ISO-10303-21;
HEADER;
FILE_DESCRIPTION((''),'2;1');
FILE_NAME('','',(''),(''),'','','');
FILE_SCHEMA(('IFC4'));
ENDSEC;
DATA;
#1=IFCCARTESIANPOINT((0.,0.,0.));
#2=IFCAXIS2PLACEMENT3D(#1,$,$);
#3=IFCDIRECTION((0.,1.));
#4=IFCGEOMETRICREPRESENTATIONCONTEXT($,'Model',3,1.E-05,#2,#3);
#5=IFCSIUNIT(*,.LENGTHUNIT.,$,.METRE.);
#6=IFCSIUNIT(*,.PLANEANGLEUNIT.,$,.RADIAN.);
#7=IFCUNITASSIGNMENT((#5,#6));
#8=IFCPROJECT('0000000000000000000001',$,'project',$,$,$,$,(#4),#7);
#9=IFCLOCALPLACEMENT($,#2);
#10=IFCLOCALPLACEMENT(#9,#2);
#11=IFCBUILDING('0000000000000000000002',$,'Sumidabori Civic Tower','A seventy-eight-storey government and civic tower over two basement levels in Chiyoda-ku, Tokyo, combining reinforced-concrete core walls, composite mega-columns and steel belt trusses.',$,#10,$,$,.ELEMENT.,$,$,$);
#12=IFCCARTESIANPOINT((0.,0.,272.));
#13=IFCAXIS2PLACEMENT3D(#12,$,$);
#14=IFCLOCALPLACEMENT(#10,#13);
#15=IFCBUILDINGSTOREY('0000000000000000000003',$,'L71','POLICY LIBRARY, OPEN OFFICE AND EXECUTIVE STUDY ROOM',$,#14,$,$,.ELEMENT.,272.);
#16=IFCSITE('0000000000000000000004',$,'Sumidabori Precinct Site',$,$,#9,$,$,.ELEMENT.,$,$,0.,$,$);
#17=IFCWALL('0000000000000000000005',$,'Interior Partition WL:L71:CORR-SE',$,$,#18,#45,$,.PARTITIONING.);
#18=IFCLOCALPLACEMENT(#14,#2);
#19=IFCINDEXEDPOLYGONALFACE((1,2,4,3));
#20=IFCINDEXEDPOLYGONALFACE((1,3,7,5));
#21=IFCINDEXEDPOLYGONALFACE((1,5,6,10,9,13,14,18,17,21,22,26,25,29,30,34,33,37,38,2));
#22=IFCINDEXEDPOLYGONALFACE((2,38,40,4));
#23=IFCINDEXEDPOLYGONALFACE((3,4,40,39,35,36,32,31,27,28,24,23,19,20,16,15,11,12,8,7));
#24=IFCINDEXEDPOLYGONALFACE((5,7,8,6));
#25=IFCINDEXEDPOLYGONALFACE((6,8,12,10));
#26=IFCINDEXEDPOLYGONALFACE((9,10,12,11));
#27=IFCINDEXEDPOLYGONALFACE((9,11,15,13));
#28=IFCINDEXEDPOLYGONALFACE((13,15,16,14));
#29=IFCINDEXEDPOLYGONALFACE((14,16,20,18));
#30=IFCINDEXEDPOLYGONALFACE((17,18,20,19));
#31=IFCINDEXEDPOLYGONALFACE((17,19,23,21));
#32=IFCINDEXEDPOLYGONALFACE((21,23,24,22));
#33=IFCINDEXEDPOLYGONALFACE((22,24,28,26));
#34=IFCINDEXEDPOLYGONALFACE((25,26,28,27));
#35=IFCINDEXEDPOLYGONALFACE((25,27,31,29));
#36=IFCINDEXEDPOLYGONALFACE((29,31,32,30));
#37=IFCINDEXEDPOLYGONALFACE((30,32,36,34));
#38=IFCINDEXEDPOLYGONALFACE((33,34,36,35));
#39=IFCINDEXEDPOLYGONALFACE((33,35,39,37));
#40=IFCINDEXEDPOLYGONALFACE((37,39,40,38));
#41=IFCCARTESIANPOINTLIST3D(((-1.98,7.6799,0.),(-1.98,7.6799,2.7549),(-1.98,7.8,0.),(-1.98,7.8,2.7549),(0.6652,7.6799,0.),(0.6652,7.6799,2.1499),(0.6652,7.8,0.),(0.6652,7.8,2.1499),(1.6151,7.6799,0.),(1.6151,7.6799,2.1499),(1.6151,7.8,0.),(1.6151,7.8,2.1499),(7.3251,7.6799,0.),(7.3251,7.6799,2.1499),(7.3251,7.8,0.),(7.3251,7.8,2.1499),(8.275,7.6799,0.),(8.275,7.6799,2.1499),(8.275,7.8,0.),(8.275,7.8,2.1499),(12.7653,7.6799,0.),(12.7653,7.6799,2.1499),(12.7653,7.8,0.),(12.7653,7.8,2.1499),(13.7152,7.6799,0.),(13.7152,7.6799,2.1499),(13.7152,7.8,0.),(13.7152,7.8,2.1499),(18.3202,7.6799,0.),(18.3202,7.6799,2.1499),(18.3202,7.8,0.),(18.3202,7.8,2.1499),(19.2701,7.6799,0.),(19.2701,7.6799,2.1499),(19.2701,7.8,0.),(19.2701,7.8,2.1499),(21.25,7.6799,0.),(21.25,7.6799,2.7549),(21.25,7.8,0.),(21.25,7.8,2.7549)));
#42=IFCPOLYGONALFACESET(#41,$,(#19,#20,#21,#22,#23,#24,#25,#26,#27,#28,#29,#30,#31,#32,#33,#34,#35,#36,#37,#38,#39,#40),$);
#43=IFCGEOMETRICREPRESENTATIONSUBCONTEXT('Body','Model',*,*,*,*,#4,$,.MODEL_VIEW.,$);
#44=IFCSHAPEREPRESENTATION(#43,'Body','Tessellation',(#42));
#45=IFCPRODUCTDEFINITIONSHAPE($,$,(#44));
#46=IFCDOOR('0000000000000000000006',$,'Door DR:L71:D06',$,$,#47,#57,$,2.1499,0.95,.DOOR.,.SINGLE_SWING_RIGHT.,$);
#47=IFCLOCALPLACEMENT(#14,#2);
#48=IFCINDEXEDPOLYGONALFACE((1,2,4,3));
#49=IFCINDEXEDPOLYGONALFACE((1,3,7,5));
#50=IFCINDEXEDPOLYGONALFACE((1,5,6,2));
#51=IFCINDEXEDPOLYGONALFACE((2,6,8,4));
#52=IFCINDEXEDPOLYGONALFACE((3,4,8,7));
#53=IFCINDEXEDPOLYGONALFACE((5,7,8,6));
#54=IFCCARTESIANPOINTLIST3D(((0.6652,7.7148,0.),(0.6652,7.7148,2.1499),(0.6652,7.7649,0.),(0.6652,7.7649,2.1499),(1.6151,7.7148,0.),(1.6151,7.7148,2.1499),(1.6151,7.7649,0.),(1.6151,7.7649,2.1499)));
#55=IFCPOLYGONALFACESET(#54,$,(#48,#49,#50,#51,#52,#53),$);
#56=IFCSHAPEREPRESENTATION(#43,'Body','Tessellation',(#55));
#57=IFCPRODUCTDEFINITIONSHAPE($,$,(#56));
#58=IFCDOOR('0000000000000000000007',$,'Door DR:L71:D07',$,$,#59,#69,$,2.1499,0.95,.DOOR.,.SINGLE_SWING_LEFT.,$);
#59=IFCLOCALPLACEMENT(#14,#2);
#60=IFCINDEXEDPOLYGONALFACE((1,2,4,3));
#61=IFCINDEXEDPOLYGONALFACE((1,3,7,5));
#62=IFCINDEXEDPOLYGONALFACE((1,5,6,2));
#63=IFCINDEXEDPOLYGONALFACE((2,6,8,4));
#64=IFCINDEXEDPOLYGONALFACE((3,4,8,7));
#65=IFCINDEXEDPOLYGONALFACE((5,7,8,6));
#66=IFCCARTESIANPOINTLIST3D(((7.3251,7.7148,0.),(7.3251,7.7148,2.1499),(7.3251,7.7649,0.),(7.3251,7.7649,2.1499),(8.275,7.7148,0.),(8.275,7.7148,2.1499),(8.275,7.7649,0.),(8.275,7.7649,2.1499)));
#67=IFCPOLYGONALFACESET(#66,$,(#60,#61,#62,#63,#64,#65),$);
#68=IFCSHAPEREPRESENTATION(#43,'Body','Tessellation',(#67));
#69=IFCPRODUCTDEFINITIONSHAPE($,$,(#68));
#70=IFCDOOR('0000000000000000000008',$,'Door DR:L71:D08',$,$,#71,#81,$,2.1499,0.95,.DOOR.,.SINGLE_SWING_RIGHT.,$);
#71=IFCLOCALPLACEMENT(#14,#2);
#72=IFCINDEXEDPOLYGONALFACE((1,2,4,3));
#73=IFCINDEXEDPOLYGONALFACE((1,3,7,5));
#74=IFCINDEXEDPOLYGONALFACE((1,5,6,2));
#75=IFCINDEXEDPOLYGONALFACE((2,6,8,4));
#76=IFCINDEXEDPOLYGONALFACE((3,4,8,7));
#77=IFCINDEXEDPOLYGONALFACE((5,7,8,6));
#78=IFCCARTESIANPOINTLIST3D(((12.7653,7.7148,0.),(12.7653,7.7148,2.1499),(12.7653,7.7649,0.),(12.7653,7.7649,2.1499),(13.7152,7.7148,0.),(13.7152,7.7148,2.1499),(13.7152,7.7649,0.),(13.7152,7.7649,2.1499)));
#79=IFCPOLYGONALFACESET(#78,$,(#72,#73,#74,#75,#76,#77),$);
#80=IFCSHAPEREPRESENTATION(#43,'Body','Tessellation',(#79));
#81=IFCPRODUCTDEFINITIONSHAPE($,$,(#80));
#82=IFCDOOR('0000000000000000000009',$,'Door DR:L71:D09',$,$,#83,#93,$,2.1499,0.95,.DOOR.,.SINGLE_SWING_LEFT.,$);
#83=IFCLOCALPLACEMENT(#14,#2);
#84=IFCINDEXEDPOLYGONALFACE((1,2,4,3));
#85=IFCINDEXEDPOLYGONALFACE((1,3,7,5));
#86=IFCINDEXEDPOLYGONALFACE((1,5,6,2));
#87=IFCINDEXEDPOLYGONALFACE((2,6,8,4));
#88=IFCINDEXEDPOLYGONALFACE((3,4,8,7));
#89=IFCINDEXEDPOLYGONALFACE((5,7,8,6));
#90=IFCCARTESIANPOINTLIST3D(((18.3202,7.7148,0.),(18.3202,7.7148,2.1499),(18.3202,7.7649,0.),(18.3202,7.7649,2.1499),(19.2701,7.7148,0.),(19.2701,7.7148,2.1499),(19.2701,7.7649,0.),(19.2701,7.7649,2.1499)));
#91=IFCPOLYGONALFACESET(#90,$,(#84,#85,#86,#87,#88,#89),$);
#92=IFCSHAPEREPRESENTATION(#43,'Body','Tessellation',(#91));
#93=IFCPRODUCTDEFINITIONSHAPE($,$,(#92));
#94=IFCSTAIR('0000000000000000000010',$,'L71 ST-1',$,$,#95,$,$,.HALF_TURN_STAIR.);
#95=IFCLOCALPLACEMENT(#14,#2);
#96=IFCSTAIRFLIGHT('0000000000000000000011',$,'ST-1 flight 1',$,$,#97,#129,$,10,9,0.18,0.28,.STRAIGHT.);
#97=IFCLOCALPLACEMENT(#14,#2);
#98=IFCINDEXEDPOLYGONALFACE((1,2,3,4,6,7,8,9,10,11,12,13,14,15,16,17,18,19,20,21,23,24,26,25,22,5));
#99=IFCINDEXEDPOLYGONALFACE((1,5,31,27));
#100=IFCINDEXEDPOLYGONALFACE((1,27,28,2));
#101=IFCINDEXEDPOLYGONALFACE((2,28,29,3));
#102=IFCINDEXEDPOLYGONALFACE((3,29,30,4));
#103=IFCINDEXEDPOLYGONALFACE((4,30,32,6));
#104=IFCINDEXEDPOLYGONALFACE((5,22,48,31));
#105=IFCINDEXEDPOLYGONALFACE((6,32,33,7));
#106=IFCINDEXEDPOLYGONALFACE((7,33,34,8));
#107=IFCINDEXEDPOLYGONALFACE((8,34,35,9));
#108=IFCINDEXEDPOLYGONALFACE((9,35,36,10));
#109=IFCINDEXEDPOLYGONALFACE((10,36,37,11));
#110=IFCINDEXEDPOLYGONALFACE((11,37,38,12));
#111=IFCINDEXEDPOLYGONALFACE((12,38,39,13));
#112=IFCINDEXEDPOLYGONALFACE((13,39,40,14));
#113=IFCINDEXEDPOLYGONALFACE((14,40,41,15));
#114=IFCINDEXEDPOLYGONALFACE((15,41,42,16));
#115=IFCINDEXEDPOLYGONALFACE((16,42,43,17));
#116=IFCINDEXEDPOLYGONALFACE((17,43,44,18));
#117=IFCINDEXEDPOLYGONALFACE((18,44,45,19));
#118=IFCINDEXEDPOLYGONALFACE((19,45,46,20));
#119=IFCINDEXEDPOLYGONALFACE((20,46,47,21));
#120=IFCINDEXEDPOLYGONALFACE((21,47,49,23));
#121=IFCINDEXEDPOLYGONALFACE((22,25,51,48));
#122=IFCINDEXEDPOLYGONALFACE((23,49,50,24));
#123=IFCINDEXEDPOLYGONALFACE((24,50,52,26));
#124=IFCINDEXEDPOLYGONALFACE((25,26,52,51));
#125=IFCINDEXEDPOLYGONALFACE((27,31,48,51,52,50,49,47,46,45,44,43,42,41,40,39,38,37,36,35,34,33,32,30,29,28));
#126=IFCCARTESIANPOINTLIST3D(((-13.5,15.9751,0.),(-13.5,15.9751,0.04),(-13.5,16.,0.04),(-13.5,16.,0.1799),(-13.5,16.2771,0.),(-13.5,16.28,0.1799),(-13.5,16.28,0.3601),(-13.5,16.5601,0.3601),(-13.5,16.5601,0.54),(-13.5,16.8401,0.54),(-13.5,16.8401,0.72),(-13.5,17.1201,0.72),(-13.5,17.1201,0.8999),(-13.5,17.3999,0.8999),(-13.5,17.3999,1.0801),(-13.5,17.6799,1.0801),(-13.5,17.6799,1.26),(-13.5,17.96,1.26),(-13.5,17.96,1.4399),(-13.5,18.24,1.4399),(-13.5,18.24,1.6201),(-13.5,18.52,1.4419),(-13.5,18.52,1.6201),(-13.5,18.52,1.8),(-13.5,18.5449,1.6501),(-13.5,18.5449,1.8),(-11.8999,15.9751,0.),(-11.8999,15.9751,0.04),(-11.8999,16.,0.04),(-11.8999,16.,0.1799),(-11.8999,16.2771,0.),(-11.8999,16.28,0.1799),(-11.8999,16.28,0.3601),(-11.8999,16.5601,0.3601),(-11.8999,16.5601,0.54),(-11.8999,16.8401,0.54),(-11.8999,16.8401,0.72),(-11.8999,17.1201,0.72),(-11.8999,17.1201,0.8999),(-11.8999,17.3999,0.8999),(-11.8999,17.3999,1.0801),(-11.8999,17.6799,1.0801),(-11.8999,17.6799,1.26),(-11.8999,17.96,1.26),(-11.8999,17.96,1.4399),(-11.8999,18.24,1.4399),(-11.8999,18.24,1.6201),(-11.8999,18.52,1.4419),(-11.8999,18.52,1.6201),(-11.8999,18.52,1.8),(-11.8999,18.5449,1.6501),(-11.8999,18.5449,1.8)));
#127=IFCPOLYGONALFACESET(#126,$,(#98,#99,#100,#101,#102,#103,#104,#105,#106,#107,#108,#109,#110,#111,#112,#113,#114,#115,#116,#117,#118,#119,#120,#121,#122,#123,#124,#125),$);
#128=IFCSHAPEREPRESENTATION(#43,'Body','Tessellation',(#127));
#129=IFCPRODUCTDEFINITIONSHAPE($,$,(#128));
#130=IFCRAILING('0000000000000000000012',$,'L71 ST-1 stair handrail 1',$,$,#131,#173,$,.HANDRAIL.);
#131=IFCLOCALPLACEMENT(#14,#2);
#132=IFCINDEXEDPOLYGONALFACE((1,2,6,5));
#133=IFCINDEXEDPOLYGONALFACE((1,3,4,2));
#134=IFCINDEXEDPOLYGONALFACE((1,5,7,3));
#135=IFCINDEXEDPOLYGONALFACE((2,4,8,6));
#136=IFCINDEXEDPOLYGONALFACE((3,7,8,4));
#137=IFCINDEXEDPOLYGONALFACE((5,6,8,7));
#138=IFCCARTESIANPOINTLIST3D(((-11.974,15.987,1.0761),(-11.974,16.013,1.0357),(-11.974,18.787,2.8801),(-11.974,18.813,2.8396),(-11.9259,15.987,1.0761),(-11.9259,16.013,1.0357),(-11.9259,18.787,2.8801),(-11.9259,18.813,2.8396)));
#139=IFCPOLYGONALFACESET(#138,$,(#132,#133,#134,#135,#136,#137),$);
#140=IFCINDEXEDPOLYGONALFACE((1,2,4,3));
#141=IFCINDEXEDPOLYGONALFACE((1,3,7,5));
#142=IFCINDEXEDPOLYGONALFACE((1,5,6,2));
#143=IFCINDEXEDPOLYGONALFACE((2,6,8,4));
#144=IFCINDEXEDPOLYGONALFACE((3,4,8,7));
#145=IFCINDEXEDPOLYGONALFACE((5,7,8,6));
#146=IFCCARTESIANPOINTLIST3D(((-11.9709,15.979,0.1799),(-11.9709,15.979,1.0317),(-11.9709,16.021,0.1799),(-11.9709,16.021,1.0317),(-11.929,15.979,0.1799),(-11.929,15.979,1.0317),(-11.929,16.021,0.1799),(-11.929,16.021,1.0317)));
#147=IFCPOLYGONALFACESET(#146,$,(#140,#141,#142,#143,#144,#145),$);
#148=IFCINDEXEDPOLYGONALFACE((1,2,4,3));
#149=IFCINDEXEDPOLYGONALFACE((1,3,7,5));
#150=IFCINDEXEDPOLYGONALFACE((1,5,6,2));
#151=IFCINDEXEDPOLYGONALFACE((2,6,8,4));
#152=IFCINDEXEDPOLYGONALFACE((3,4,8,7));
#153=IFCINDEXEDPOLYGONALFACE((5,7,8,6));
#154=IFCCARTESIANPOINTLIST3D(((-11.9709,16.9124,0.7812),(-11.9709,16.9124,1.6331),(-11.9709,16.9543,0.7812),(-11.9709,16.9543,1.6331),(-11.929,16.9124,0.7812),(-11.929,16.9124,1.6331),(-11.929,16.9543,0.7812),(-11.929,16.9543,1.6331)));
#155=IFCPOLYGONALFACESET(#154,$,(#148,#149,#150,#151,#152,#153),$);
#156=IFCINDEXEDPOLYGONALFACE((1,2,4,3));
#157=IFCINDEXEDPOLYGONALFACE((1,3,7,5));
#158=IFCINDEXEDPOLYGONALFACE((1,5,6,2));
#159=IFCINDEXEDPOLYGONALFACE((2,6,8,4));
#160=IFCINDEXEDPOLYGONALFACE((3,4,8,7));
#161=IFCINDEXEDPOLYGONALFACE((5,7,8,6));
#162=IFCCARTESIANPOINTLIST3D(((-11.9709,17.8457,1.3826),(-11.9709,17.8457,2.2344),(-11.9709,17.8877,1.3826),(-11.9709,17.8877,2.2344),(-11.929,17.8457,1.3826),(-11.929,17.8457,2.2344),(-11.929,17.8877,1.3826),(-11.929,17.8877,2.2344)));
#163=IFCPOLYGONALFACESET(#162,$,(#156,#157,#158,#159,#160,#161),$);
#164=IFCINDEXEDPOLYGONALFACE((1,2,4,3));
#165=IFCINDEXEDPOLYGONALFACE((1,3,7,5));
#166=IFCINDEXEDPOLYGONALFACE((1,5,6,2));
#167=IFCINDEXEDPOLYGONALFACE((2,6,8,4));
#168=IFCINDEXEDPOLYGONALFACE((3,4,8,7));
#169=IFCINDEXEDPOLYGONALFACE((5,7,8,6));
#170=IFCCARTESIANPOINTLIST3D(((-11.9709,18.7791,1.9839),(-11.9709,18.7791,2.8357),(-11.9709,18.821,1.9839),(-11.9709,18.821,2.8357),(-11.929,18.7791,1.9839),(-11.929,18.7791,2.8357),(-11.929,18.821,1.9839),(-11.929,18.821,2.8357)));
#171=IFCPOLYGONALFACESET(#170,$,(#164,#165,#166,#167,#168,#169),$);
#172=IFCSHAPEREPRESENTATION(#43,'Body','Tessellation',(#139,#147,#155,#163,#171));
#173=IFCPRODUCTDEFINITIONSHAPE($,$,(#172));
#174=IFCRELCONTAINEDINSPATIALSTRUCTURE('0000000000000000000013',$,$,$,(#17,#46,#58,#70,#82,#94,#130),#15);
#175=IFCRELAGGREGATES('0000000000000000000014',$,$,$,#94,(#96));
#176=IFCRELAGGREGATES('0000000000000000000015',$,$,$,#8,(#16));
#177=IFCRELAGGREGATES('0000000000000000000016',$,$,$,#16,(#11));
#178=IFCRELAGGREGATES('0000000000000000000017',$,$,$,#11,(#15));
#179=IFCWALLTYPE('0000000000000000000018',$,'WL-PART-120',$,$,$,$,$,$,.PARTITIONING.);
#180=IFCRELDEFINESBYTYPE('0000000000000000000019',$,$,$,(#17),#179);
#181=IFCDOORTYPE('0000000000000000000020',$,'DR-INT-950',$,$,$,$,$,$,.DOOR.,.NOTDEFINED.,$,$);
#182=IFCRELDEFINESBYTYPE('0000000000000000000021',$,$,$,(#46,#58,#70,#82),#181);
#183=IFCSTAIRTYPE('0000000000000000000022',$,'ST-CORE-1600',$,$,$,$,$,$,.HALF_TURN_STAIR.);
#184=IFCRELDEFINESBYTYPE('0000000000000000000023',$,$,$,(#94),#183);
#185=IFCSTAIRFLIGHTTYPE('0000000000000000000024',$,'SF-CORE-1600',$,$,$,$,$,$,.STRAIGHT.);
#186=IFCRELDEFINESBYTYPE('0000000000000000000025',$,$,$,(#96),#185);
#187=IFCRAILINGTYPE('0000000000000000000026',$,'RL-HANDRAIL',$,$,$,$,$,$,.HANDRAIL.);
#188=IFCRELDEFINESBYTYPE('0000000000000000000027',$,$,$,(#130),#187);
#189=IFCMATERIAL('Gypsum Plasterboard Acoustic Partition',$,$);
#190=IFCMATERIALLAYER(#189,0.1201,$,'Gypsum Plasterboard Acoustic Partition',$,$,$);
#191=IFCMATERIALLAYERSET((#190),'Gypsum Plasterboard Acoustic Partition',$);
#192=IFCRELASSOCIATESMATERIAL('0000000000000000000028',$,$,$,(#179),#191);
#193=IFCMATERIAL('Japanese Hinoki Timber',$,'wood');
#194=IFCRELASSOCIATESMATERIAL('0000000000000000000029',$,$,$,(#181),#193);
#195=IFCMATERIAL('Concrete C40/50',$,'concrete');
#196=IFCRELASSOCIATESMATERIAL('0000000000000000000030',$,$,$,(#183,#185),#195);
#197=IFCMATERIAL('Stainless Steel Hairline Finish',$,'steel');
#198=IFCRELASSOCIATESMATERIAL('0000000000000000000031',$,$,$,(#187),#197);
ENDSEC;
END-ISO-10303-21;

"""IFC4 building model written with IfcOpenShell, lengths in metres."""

from ifc_helpers import new_model, si_unit, direction, frame, frame_2d, origin, origin_2d, place, context, subcontext, project, spatial, polyline, rectangle, outline, extrude, source, transform, mapped, material, layer, layer_set, type_object, element, fill, aggregate, save


model = new_model("IFC4")

# Units and contexts
model_context = context("Model", 3, precision=1e-05, world=origin(), true_north=direction((0.0, 1.0)))
body_context = subcontext(model_context, "Body", "Model", "MODEL_VIEW")
ifc_project = project(units=[si_unit("LENGTHUNIT", "METRE"), si_unit("PLANEANGLEUNIT", "RADIAN")], contexts=[model_context])

# Site, building, storey
site_placement = place(None, origin())
site = spatial("IfcSite", under=ifc_project, at=site_placement, Name="Sumidabori Precinct Site", CompositionType="ELEMENT", RefElevation=0.0)
building_placement = place(site_placement, origin())
building = spatial("IfcBuilding", under=site, at=building_placement, Name="Sumidabori Civic Tower", Description="A seventy-eight-storey government and civic tower over two basement levels in Chiyoda-ku, Tokyo, combining reinforced-concrete core walls, composite mega-columns and steel belt trusses.", CompositionType="ELEMENT")
storey_placement = place(building_placement, frame((0.0, 0.0, 272.0)))
storey = spatial("IfcBuildingStorey", under=building, at=storey_placement, Name="L71", Description="POLICY LIBRARY, OPEN OFFICE AND EXECUTIVE STUDY ROOM", CompositionType="ELEMENT", Elevation=272.0)

# Shared definitions
ifc_material_1 = material(Name="Stainless Steel Hairline Finish", Category="steel")

# Shared definitions
ifc_material_2 = material(Name="Gypsum Plasterboard Acoustic Partition")

# Shared definitions
ifc_material_3 = material(Name="Japanese Hinoki Timber", Category="wood")

# Shared definitions
ifc_layer_1 = layer(ifc_material_2, 0.1201, Name="Gypsum Plasterboard Acoustic Partition")
ifc_layer_set_1 = layer_set([ifc_layer_1], Name="Gypsum Plasterboard Acoustic Partition")
wall_type_1 = type_object("IfcWallType", Name="WL-PART-120", PredefinedType="PARTITIONING", material=ifc_layer_set_1)

# Wall, openings, doors
shared_shape_1 = source(origin(), body_context, "Body", "SweptSolid", [
    extrude(rectangle(XDim=23.23, YDim=0.1201, at=frame_2d((11.615, 0.0))), origin(), (0.0, 0.0, 1.0), 2.7549),
])
wall_1_placement = place(storey_placement, frame((-1.98, 7.74, 0.0), z_axis=(0.0, 0.0, 1.0), x_axis=(1.0, 0.0, 0.0)))
wall_1 = element("IfcWall", 1, at=wall_1_placement, inside=storey, type_object=wall_type_1, Name="Interior Partition WL:L71:CORR-SE", PredefinedType="PARTITIONING", context=body_context, shape_type="MappedRepresentation", body=[
    mapped(shared_shape_1, transform((0.0, 0.0, 0.0), x_axis=(1.0, 0.0, 0.0), y_axis=(0.0, 1.0, 0.0), z_axis=(0.0, 0.0, 1.0), scale=1.0)),
])
opening_1_placement = place(wall_1_placement, frame((2.645, 0.0, 0.0)))
opening_1 = element("IfcOpeningElement", 2, at=opening_1_placement, cuts=wall_1, PredefinedType="OPENING", context=body_context, shape_type="SweptSolid", body=[
    extrude(rectangle(XDim=0.95, YDim=2.1499, at=frame_2d((0.4751, 1.075))), frame((0.0, 0.072, 0.0), z_axis=(0.0, -1.0, 0.0), x_axis=(1.0, 0.0, 0.0)), (0.0, 0.0, 1.0), 0.144),
])
opening_2_placement = place(wall_1_placement, frame((9.3049, 0.0, 0.0)))
opening_2 = element("IfcOpeningElement", 3, at=opening_2_placement, cuts=wall_1, PredefinedType="OPENING", context=body_context, shape_type="SweptSolid", body=[
    extrude(rectangle(XDim=0.95, YDim=2.1499, at=frame_2d((0.4751, 1.075))), frame((0.0, 0.072, 0.0), z_axis=(0.0, -1.0, 0.0), x_axis=(1.0, 0.0, 0.0)), (0.0, 0.0, 1.0), 0.144),
])
opening_3_placement = place(wall_1_placement, frame((14.7451, 0.0, 0.0)))
opening_3 = element("IfcOpeningElement", 4, at=opening_3_placement, cuts=wall_1, PredefinedType="OPENING", context=body_context, shape_type="SweptSolid", body=[
    extrude(rectangle(XDim=0.95, YDim=2.1499, at=frame_2d((0.4751, 1.075))), frame((0.0, 0.072, 0.0), z_axis=(0.0, -1.0, 0.0), x_axis=(1.0, 0.0, 0.0)), (0.0, 0.0, 1.0), 0.144),
])
opening_4_placement = place(wall_1_placement, frame((20.3, 0.0, 0.0)))
opening_4 = element("IfcOpeningElement", 5, at=opening_4_placement, cuts=wall_1, PredefinedType="OPENING", context=body_context, shape_type="SweptSolid", body=[
    extrude(rectangle(XDim=0.95, YDim=2.1499, at=frame_2d((0.4751, 1.075))), frame((0.0, 0.072, 0.0), z_axis=(0.0, -1.0, 0.0), x_axis=(1.0, 0.0, 0.0)), (0.0, 0.0, 1.0), 0.144),
])
door_type_1 = type_object("IfcDoorType", Name="DR-INT-950", OperationType="NOTDEFINED", PredefinedType="DOOR", material=ifc_material_3)
shared_shape_2 = source(origin(), body_context, "Body", "SweptSolid", [
    extrude(rectangle(XDim=0.95, YDim=2.1499, at=frame_2d((0.4751, 1.075))), frame((0.0, 0.0249, 0.0), z_axis=(0.0, -1.0, 0.0), x_axis=(1.0, 0.0, 0.0)), (0.0, 0.0, 1.0), 0.05),
])
door_1_placement = place(opening_1_placement, origin())
door_1 = element("IfcDoor", 6, at=door_1_placement, inside=storey, type_object=door_type_1, Name="Door DR:L71:D06", OperationType="SINGLE_SWING_RIGHT", OverallHeight=2.1499, OverallWidth=0.95, PredefinedType="DOOR", context=body_context, shape_type="MappedRepresentation", body=[
    mapped(shared_shape_2, transform((0.0, 0.0, 0.0), x_axis=(1.0, 0.0, 0.0), y_axis=(0.0, 1.0, 0.0), z_axis=(0.0, 0.0, 1.0), scale=1.0)),
])
fill(opening_1, door_1)
door_2_placement = place(opening_2_placement, origin())
door_2 = element("IfcDoor", 7, at=door_2_placement, inside=storey, type_object=door_type_1, Name="Door DR:L71:D07", OperationType="SINGLE_SWING_LEFT", OverallHeight=2.1499, OverallWidth=0.95, PredefinedType="DOOR", context=body_context, shape_type="MappedRepresentation", body=[
    mapped(shared_shape_2, transform((0.0, 0.0, 0.0), x_axis=(1.0, 0.0, 0.0), y_axis=(0.0, 1.0, 0.0), z_axis=(0.0, 0.0, 1.0), scale=1.0)),
])
fill(opening_2, door_2)
door_3_placement = place(opening_3_placement, origin())
door_3 = element("IfcDoor", 8, at=door_3_placement, inside=storey, type_object=door_type_1, Name="Door DR:L71:D08", OperationType="SINGLE_SWING_RIGHT", OverallHeight=2.1499, OverallWidth=0.95, PredefinedType="DOOR", context=body_context, shape_type="MappedRepresentation", body=[
    mapped(shared_shape_2, transform((0.0, 0.0, 0.0), x_axis=(1.0, 0.0, 0.0), y_axis=(0.0, 1.0, 0.0), z_axis=(0.0, 0.0, 1.0), scale=1.0)),
])
fill(opening_3, door_3)
door_4_placement = place(opening_4_placement, origin())
door_4 = element("IfcDoor", 9, at=door_4_placement, inside=storey, type_object=door_type_1, Name="Door DR:L71:D09", OperationType="SINGLE_SWING_LEFT", OverallHeight=2.1499, OverallWidth=0.95, PredefinedType="DOOR", context=body_context, shape_type="MappedRepresentation", body=[
    mapped(shared_shape_2, transform((0.0, 0.0, 0.0), x_axis=(1.0, 0.0, 0.0), y_axis=(0.0, 1.0, 0.0), z_axis=(0.0, 0.0, 1.0), scale=1.0)),
])
fill(opening_4, door_4)

# Stair, stair flight
ifc_material_4 = material(Name="Concrete C40/50", Category="concrete")
stair_type = type_object("IfcStairType", Name="ST-CORE-1600", PredefinedType="HALF_TURN_STAIR", material=ifc_material_4)
stair_placement = place(storey_placement, origin())
stair = element("IfcStair", 10, at=stair_placement, inside=storey, type_object=stair_type, Name="L71 ST-1", PredefinedType="HALF_TURN_STAIR")
stair_flight_type = type_object("IfcStairFlightType", Name="SF-CORE-1600", PredefinedType="STRAIGHT", material=ifc_material_4)
shared_shape_3 = source(origin(), body_context, "Body", "SweptSolid", [
    extrude(outline(polyline([(-0.0249, 0.0), (-0.0249, 0.04), (0.0, 0.04), (0.0, 0.1799), (0.28, 0.1799), (0.28, 0.3601), (0.5601, 0.3601), (0.5601, 0.54), (0.8401, 0.54), (0.8401, 0.72), (1.1201, 0.72), (1.1201, 0.8999), (1.3999, 0.8999), (1.3999, 1.0801), (1.6799, 1.0801), (1.6799, 1.26), (1.96, 1.26), (1.96, 1.4399), (2.24, 1.4399), (2.24, 1.6201), (2.52, 1.6201), (2.52, 1.8), (2.5449, 1.8), (2.5449, 1.6501), (2.52, 1.4419), (0.2771, 0.0), (-0.0249, 0.0)])), frame((0.0, 0.8, 0.0), z_axis=(0.0, -1.0, 0.0), x_axis=(1.0, 0.0, 0.0)), (0.0, 0.0, 1.0), 1.6001),
])
stair_flight_placement = place(storey_placement, frame((-12.7, 16.0, 0.0), z_axis=(0.0, 0.0, 1.0), x_axis=(0.0, 1.0, 0.0)))
stair_flight = element("IfcStairFlight", 11, at=stair_flight_placement, type_object=stair_flight_type, Name="ST-1 flight 1", NumberOfRisers=10, NumberOfTreads=9, PredefinedType="STRAIGHT", RiserHeight=0.18, TreadLength=0.28, context=body_context, shape_type="MappedRepresentation", body=[
    mapped(shared_shape_3, transform((0.0, 0.0, 0.0), x_axis=(1.0, 0.0, 0.0), y_axis=(0.0, 1.0, 0.0), z_axis=(0.0, 0.0, 1.0), scale=1.0)),
])
aggregate(stair, [stair_flight])

# Railing
railing_type_1 = type_object("IfcRailingType", Name="RL-HANDRAIL", PredefinedType="HANDRAIL", material=ifc_material_1)
railing_1_placement = place(storey_placement, frame((-11.95, 16.0, 0.1799)))
element("IfcRailing", 12, at=railing_1_placement, inside=storey, type_object=railing_type_1, Name="L71 ST-1 stair handrail 1", PredefinedType="HANDRAIL", context=body_context, shape_type="SweptSolid", body=[
    extrude(rectangle(XDim=0.0481, YDim=0.0481, at=origin_2d()), frame((0.0, 0.0, 0.876), z_axis=(0.0, 0.840642, 0.541591), x_axis=(-1.0, 0.0, 0.0)), (0.0, 0.0, 1.0), 3.3308),
    extrude(rectangle(XDim=0.042, YDim=0.042, at=origin_2d()), origin(), (0.0, 0.0, 1.0), 0.8518),
    extrude(rectangle(XDim=0.042, YDim=0.042, at=origin_2d()), frame((0.0, 0.9333, 0.6013)), (0.0, 0.0, 1.0), 0.8518),
    extrude(rectangle(XDim=0.042, YDim=0.042, at=origin_2d()), frame((0.0, 1.8667, 1.2026)), (0.0, 0.0, 1.0), 0.8518),
    extrude(rectangle(XDim=0.042, YDim=0.042, at=origin_2d()), frame((0.0, 2.8, 1.804)), (0.0, 0.0, 1.0), 0.8518),
])

save(model, "model.ifc")
